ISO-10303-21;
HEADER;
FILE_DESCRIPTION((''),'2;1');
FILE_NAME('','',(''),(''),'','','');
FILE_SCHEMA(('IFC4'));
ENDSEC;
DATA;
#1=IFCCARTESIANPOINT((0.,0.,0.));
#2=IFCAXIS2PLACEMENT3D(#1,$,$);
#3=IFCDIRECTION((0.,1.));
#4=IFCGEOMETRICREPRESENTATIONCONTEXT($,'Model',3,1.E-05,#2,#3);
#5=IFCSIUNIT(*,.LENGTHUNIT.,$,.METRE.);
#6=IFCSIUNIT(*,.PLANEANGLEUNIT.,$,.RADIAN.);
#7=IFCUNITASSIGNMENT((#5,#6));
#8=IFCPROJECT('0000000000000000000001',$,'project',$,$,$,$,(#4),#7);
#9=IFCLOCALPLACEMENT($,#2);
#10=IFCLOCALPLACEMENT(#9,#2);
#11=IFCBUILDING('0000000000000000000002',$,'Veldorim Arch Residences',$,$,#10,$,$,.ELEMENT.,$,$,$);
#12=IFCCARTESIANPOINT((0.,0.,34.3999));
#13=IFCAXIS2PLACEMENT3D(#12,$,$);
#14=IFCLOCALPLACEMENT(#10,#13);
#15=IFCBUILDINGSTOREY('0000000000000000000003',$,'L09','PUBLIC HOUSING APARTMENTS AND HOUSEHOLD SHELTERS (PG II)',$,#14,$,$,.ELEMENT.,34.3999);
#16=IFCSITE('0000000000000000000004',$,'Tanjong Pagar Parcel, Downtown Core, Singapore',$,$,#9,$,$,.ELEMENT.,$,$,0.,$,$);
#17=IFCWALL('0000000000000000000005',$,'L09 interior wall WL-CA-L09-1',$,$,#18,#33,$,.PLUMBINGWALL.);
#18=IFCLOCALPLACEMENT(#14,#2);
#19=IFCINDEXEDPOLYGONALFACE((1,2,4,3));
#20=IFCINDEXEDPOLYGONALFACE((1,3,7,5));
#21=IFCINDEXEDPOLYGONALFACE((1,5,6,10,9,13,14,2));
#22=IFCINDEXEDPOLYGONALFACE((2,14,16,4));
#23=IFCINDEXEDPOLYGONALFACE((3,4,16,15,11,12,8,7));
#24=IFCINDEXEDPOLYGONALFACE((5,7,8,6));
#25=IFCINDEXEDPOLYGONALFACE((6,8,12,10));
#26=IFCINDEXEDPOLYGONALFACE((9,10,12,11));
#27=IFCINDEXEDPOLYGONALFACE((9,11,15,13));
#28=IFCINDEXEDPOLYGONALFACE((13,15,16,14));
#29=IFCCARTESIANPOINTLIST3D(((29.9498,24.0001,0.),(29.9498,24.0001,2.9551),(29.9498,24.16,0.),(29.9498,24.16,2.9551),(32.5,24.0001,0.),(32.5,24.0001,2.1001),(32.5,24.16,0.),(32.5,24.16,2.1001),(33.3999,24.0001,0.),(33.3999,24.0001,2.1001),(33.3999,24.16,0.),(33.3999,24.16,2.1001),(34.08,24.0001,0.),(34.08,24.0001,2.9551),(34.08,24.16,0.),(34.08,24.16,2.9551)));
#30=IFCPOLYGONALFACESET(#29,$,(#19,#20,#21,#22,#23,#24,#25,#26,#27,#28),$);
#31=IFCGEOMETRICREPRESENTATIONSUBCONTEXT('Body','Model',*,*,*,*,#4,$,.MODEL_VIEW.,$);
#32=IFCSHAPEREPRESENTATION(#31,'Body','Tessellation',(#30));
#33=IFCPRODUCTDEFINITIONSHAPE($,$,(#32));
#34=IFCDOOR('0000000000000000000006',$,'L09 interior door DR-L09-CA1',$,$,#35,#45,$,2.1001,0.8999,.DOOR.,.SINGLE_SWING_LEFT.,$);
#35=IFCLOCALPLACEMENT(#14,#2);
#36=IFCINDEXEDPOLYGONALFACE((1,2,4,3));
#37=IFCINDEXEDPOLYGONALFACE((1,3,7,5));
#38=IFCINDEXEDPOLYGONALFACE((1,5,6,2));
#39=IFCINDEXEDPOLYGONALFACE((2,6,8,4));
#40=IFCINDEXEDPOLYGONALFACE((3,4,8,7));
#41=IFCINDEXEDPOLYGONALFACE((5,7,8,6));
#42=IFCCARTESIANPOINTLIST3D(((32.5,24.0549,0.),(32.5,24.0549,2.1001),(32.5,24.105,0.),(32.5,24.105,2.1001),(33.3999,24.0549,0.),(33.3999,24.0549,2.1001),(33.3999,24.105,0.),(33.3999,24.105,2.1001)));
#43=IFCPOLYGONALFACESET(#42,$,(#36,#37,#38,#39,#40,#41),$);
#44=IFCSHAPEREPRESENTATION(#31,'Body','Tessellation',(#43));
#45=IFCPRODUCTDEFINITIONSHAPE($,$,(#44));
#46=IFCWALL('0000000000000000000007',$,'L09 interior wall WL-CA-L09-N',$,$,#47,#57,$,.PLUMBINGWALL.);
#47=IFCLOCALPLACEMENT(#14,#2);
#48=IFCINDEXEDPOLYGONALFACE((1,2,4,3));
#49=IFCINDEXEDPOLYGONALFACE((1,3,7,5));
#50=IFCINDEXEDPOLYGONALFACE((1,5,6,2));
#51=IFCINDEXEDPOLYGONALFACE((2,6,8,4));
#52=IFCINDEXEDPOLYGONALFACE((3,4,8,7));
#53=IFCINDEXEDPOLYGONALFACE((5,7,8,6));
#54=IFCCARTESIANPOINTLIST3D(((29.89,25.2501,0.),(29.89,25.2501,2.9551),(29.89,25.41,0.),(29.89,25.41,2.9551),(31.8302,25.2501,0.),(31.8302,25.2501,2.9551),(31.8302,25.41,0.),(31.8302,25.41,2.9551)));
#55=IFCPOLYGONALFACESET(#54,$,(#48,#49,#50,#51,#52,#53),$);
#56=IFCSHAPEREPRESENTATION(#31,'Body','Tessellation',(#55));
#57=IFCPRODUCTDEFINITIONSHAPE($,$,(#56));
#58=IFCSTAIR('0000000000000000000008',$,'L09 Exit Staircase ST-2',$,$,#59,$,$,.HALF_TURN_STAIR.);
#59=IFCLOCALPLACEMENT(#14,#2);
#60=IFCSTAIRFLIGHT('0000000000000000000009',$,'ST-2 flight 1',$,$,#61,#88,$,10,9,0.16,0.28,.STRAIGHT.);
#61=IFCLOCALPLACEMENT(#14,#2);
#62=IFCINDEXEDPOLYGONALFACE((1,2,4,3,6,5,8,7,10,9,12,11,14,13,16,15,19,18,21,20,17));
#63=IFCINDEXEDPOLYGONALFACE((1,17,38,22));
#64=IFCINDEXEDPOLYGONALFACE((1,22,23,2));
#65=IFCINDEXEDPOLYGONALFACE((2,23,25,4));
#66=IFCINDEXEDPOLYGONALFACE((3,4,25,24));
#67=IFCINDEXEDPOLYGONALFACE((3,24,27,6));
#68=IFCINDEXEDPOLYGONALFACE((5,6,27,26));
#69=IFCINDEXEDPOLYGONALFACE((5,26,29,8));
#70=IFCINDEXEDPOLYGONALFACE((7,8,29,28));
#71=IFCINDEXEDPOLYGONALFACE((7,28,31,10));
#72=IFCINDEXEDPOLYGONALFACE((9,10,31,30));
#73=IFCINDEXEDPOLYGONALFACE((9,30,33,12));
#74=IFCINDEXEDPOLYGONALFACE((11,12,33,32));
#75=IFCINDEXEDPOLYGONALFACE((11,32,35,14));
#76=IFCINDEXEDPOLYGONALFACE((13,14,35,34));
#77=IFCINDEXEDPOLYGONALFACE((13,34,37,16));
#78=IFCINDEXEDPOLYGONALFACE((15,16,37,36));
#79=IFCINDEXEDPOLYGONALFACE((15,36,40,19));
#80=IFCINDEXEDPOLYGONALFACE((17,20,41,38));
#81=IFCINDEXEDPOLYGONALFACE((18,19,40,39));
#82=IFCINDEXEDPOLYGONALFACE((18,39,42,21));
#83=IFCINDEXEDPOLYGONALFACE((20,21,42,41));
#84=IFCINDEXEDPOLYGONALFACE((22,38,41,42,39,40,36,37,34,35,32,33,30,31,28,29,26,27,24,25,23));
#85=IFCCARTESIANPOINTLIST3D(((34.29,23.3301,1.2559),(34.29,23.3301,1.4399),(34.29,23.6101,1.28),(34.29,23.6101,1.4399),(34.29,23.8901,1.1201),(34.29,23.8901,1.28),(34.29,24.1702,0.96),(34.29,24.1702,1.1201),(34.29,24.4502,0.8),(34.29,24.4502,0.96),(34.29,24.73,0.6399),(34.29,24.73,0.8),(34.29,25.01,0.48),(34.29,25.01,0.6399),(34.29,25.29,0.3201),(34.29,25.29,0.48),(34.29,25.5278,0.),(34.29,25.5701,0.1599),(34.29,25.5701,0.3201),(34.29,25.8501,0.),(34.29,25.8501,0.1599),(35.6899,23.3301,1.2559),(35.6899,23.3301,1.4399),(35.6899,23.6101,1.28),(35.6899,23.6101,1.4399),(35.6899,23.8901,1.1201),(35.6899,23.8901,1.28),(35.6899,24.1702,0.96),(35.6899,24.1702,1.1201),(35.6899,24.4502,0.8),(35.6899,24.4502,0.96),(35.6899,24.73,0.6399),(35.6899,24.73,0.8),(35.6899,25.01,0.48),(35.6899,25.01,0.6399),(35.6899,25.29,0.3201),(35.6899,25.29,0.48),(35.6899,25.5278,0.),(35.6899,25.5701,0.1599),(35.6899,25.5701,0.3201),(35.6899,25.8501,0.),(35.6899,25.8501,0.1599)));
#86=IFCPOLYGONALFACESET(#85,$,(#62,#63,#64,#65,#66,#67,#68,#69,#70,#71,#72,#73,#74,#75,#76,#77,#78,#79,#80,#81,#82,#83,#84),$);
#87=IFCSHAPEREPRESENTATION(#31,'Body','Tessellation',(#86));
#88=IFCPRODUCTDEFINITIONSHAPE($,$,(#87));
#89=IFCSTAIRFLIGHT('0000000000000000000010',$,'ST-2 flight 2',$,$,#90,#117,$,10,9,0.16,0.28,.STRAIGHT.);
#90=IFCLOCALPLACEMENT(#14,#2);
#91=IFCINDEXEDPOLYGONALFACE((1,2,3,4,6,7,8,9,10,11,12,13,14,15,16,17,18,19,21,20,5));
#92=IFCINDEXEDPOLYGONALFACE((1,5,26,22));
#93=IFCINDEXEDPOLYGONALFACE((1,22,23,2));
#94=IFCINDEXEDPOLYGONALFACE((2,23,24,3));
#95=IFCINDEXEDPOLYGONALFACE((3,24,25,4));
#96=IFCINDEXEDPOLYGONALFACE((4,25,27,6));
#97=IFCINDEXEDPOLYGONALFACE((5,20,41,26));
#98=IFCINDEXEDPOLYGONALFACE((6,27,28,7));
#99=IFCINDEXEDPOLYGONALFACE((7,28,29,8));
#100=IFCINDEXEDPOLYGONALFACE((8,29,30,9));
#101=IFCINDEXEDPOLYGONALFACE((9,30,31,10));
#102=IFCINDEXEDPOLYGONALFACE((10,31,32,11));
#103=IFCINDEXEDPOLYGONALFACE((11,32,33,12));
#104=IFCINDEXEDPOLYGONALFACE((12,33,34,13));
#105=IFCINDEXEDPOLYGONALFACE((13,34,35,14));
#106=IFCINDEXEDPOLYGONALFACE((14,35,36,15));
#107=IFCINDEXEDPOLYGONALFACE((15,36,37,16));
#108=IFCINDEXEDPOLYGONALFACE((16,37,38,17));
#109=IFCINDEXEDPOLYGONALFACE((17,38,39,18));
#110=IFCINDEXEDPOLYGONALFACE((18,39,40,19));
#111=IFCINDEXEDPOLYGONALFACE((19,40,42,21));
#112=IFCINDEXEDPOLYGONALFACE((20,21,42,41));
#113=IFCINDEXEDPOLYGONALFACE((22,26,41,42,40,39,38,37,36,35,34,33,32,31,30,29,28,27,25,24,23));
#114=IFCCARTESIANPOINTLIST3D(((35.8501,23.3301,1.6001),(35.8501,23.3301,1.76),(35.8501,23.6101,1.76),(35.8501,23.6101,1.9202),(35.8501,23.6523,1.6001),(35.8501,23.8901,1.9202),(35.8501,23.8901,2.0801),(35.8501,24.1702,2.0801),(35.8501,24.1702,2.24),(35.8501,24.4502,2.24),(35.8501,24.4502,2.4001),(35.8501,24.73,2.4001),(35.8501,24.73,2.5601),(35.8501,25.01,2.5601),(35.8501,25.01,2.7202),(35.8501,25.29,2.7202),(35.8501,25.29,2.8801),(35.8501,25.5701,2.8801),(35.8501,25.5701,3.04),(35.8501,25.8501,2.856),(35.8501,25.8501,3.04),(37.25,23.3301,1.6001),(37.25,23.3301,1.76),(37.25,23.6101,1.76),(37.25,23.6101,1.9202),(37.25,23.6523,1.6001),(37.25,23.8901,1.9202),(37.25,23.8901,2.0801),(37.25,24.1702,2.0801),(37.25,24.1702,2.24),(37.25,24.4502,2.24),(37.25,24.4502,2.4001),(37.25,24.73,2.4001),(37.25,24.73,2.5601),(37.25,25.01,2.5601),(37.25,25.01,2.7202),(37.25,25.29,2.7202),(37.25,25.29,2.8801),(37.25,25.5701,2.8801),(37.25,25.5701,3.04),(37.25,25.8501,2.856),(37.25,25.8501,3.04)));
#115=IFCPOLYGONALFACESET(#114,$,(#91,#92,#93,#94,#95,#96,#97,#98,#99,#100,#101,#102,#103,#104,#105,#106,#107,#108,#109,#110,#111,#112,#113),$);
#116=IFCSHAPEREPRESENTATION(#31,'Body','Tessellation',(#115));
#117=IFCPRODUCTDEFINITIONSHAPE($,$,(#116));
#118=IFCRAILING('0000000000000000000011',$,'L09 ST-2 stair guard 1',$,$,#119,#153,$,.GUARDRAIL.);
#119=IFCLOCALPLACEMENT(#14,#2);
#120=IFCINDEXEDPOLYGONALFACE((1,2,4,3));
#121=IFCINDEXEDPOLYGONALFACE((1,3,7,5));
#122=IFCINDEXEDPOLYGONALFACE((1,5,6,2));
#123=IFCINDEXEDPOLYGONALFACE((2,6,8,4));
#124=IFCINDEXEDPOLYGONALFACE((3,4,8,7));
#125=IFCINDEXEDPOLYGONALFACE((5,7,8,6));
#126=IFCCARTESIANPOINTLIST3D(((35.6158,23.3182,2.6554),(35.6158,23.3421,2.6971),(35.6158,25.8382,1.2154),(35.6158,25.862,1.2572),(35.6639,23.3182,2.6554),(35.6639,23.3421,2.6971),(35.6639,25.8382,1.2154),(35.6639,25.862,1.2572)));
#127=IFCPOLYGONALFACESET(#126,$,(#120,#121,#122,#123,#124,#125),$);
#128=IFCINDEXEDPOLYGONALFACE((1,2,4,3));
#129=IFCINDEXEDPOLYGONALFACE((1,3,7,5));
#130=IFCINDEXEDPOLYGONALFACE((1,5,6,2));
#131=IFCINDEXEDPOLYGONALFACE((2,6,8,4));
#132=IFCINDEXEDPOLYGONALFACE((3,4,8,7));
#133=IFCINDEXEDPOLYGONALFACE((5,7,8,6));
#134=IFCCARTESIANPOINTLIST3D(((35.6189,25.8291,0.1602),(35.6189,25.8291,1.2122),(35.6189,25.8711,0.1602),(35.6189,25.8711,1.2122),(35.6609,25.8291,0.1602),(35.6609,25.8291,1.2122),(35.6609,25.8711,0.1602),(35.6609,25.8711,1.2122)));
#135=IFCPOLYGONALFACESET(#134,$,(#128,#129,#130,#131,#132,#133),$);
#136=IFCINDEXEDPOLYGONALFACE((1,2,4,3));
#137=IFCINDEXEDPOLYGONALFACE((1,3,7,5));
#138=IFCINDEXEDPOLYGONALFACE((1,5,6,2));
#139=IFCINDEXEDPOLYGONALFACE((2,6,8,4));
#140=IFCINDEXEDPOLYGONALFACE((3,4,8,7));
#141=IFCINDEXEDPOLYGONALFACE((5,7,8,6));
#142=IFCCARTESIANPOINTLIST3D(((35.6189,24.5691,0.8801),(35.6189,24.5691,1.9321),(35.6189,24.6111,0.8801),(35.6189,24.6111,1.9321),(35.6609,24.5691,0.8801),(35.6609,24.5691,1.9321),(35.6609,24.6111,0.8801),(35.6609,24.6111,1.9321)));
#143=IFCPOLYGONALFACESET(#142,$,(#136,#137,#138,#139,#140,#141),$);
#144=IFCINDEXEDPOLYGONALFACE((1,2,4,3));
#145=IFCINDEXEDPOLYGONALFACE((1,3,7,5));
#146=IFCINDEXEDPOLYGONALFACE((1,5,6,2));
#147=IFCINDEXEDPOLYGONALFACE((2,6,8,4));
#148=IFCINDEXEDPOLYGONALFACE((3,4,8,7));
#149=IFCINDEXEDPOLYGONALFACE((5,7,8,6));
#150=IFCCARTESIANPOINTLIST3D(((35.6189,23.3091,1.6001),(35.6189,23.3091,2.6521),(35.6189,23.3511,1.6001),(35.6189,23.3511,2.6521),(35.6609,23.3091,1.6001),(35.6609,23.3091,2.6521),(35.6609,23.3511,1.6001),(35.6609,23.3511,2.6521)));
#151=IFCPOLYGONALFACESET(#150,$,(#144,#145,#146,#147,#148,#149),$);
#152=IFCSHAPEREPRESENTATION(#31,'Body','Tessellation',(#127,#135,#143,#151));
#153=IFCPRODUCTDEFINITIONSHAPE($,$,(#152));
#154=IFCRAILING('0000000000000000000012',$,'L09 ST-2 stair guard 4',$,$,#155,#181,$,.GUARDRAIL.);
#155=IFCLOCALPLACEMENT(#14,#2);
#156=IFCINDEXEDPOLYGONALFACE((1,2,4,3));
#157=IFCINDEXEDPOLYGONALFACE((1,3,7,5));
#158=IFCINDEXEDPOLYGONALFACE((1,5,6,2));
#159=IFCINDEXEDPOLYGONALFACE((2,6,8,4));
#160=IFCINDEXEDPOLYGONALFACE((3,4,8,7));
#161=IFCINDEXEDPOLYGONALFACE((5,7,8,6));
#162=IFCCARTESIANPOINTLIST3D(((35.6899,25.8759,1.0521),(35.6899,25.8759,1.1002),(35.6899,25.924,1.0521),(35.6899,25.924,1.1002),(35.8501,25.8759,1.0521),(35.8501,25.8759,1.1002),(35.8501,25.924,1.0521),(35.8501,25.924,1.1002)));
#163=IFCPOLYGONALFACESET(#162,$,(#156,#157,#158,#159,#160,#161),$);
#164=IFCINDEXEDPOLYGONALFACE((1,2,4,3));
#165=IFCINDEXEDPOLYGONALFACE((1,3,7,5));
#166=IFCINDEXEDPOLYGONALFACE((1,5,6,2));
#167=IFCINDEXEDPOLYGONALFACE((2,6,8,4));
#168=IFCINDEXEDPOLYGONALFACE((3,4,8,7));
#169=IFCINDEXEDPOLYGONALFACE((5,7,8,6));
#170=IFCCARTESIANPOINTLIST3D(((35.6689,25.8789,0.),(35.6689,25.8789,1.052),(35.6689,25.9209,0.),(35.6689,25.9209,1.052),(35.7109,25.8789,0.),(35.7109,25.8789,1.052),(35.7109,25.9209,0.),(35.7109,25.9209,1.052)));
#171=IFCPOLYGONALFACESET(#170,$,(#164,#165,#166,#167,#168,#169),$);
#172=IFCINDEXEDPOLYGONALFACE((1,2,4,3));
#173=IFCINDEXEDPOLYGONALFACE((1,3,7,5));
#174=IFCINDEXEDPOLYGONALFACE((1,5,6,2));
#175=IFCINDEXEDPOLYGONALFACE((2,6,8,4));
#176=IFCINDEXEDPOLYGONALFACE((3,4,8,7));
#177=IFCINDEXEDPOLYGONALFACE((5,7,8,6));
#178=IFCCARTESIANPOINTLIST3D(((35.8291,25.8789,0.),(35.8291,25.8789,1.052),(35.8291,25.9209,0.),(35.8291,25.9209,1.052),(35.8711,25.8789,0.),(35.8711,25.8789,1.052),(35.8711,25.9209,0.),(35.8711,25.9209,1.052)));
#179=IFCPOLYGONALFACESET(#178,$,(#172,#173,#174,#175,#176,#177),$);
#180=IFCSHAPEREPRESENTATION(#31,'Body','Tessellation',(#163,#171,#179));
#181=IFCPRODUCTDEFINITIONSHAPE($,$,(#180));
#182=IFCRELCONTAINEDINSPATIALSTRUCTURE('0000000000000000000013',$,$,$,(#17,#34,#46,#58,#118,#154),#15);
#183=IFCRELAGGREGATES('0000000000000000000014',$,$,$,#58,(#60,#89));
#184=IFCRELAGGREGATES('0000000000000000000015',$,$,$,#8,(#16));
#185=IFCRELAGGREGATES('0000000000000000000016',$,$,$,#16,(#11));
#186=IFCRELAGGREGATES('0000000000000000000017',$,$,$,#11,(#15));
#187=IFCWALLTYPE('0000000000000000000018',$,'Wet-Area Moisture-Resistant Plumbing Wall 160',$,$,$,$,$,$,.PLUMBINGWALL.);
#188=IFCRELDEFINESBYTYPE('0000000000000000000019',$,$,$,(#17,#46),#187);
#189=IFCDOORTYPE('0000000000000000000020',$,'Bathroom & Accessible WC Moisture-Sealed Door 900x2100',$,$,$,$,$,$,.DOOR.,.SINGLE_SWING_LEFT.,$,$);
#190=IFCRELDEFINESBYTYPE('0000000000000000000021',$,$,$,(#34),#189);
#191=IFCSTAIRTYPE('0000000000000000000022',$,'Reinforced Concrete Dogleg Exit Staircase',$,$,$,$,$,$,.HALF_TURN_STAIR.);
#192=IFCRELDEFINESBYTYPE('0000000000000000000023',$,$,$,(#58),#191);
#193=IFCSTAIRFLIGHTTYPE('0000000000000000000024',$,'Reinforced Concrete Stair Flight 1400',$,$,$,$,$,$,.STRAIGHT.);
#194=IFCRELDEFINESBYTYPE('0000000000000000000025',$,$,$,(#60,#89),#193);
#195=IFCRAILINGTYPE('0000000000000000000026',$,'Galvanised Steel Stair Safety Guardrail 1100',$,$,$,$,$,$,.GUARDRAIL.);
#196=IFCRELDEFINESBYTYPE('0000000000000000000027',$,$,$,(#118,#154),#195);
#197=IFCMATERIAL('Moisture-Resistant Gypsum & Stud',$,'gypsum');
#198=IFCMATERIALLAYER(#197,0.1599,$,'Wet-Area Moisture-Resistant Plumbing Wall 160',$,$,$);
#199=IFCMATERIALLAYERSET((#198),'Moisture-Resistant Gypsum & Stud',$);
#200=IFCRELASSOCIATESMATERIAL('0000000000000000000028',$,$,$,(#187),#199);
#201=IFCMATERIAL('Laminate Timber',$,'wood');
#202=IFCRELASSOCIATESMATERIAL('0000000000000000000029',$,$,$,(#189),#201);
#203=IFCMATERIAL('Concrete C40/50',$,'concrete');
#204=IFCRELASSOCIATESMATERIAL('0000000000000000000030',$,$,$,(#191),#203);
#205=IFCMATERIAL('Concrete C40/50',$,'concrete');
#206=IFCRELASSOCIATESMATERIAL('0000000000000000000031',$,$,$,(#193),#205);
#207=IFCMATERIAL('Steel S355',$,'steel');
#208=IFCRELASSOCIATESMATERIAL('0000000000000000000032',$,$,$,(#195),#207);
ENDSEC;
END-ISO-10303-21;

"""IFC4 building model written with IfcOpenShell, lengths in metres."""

from ifc_helpers import new_model, si_unit, direction, frame, frame_2d, origin, origin_2d, place, context, subcontext, project, spatial, polyline, rectangle, outline, extrude, material, layer, layer_set, type_object, element, fill, aggregate, save


model = new_model("IFC4")

# Units and contexts
model_context = context("Model", 3, precision=1e-05, world=origin(), true_north=direction((0.0, 1.0)))
body_context = subcontext(model_context, "Body", "Model", "MODEL_VIEW")
ifc_project = project(units=[si_unit("LENGTHUNIT", "METRE"), si_unit("PLANEANGLEUNIT", "RADIAN")], contexts=[model_context])

# Site, building, storey
site_placement = place(None, origin())
site = spatial("IfcSite", under=ifc_project, at=site_placement, Name="Tanjong Pagar Parcel, Downtown Core, Singapore", CompositionType="ELEMENT", RefElevation=0.0)
building_placement = place(site_placement, origin())
building = spatial("IfcBuilding", under=site, at=building_placement, Name="Veldorim Arch Residences", CompositionType="ELEMENT")
storey_placement = place(building_placement, frame((0.0, 0.0, 34.3999)))
storey = spatial("IfcBuildingStorey", under=building, at=storey_placement, Name="L09", Description="PUBLIC HOUSING APARTMENTS AND HOUSEHOLD SHELTERS (PG II)", CompositionType="ELEMENT", Elevation=34.3999)

# Wall, opening, door
ifc_material_1 = material(Name="Moisture-Resistant Gypsum & Stud", Category="gypsum")
ifc_layer_1 = layer(ifc_material_1, 0.1599, Name="Wet-Area Moisture-Resistant Plumbing Wall 160")
ifc_layer_set_1 = layer_set([ifc_layer_1], Name="Moisture-Resistant Gypsum & Stud")
wall_type_1 = type_object("IfcWallType", Name="Wet-Area Moisture-Resistant Plumbing Wall 160", PredefinedType="PLUMBINGWALL", material=ifc_layer_set_1)
wall_1_placement = place(storey_placement, frame((29.95, 24.0801, 0.0), z_axis=(0.0, 0.0, 1.0), x_axis=(1.0, 0.0, 0.0)))
wall_1 = element("IfcWall", 1, at=wall_1_placement, inside=storey, type_object=wall_type_1, Name="L09 interior wall WL-CA-L09-1", PredefinedType="PLUMBINGWALL", context=body_context, shape_type="SweptSolid", body=[
    extrude(rectangle(XDim=4.1301, YDim=0.1599, at=frame_2d((2.0649, 0.0))), origin(), (0.0, 0.0, 1.0), 2.9551),
])
opening_1_placement = place(wall_1_placement, frame((2.55, 0.0, 0.0)))
opening_1 = element("IfcOpeningElement", 2, at=opening_1_placement, cuts=wall_1, PredefinedType="OPENING", context=body_context, shape_type="SweptSolid", body=[
    extrude(rectangle(XDim=0.8999, YDim=2.1001, at=frame_2d((0.45, 1.05))), frame((0.0, 0.0898, 0.0), z_axis=(0.0, -1.0, 0.0), x_axis=(1.0, 0.0, 0.0)), (0.0, 0.0, 1.0), 0.1799),
])
ifc_material_2 = material(Name="Laminate Timber", Category="wood")
door_type_1 = type_object("IfcDoorType", Name="Bathroom & Accessible WC Moisture-Sealed Door 900x2100", OperationType="SINGLE_SWING_LEFT", PredefinedType="DOOR", material=ifc_material_2)
door_1_placement = place(opening_1_placement, origin())
door_1 = element("IfcDoor", 3, at=door_1_placement, inside=storey, type_object=door_type_1, Name="L09 interior door DR-L09-CA1", OperationType="SINGLE_SWING_LEFT", OverallHeight=2.1001, OverallWidth=0.8999, PredefinedType="DOOR", context=body_context, shape_type="SweptSolid", body=[
    extrude(rectangle(XDim=0.8999, YDim=2.1001, at=frame_2d((0.45, 1.05))), frame((0.0, 0.0249, 0.0), z_axis=(0.0, -1.0, 0.0), x_axis=(1.0, 0.0, 0.0)), (0.0, 0.0, 1.0), 0.05),
])
fill(opening_1, door_1)

# Wall
wall_2_placement = place(storey_placement, frame((29.8899, 25.3301, 0.0), z_axis=(0.0, 0.0, 1.0), x_axis=(1.0, 0.0, 0.0)))
element("IfcWall", 4, at=wall_2_placement, inside=storey, type_object=wall_type_1, Name="L09 interior wall WL-CA-L09-N", PredefinedType="PLUMBINGWALL", context=body_context, shape_type="SweptSolid", body=[
    extrude(rectangle(XDim=1.9402, YDim=0.1599, at=frame_2d((0.9702, 0.0))), origin(), (0.0, 0.0, 1.0), 2.9551),
])

# Stair, stair flights
ifc_material_3 = material(Name="Concrete C40/50", Category="concrete")
stair_type = type_object("IfcStairType", Name="Reinforced Concrete Dogleg Exit Staircase", PredefinedType="HALF_TURN_STAIR", material=ifc_material_3)
stair_placement = place(storey_placement, origin())
stair = element("IfcStair", 5, at=stair_placement, inside=storey, type_object=stair_type, Name="L09 Exit Staircase ST-2", PredefinedType="HALF_TURN_STAIR")
ifc_material_4 = material(Name="Concrete C40/50", Category="concrete")
stair_flight_type = type_object("IfcStairFlightType", Name="Reinforced Concrete Stair Flight 1400", PredefinedType="STRAIGHT", material=ifc_material_4)
stair_flight_1_placement = place(storey_placement, frame((34.99, 25.8501, 0.0), z_axis=(0.0, 0.0, 1.0), x_axis=(0.0, -1.0, 0.0)))
stair_flight_1 = element("IfcStairFlight", 6, at=stair_flight_1_placement, type_object=stair_flight_type, Name="ST-2 flight 1", NumberOfRisers=10, NumberOfTreads=9, PredefinedType="STRAIGHT", RiserHeight=0.16, TreadLength=0.28, context=body_context, shape_type="SweptSolid", body=[
    extrude(outline(polyline([(0.0, 0.0), (0.0, 0.1599), (0.28, 0.1599), (0.28, 0.3201), (0.5601, 0.3201), (0.5601, 0.48), (0.8401, 0.48), (0.8401, 0.6399), (1.1201, 0.6399), (1.1201, 0.8), (1.3999, 0.8), (1.3999, 0.96), (1.6799, 0.96), (1.6799, 1.1201), (1.96, 1.1201), (1.96, 1.28), (2.24, 1.28), (2.24, 1.4399), (2.52, 1.4399), (2.52, 1.6001), (2.52, 1.2559), (0.3223, 0.0), (0.0, 0.0)])), frame((0.0, 0.7, 0.0), z_axis=(0.0, -1.0, 0.0), x_axis=(1.0, 0.0, 0.0)), (0.0, 0.0, 1.0), 1.3999),
])
stair_flight_2_placement = place(storey_placement, frame((36.55, 23.3301, 1.6001), z_axis=(0.0, 0.0, 1.0), x_axis=(0.0, 1.0, 0.0)))
stair_flight_2 = element("IfcStairFlight", 7, at=stair_flight_2_placement, type_object=stair_flight_type, Name="ST-2 flight 2", NumberOfRisers=10, NumberOfTreads=9, PredefinedType="STRAIGHT", RiserHeight=0.16, TreadLength=0.28, context=body_context, shape_type="SweptSolid", body=[
    extrude(outline(polyline([(0.0, 0.0), (0.0, 0.1599), (0.28, 0.1599), (0.28, 0.3201), (0.5601, 0.3201), (0.5601, 0.48), (0.8401, 0.48), (0.8401, 0.6399), (1.1201, 0.6399), (1.1201, 0.8), (1.3999, 0.8), (1.3999, 0.96), (1.6799, 0.96), (1.6799, 1.1201), (1.96, 1.1201), (1.96, 1.28), (2.24, 1.28), (2.24, 1.4399), (2.52, 1.4399), (2.52, 1.6001), (2.52, 1.2559), (0.3223, 0.0), (0.0, 0.0)])), frame((0.0, 0.7, 0.0), z_axis=(0.0, -1.0, 0.0), x_axis=(1.0, 0.0, 0.0)), (0.0, 0.0, 1.0), 1.3999),
])
aggregate(stair, [stair_flight_1, stair_flight_2])

# Railings
ifc_material_5 = material(Name="Steel S355", Category="steel")
railing_type_1 = type_object("IfcRailingType", Name="Galvanised Steel Stair Safety Guardrail 1100", PredefinedType="GUARDRAIL", material=ifc_material_5)
railing_1_placement = place(storey_placement, frame((35.6399, 25.8501, 0.1602)))
element("IfcRailing", 8, at=railing_1_placement, inside=storey, type_object=railing_type_1, Name="L09 ST-2 stair guard 1", PredefinedType="GUARDRAIL", context=body_context, shape_type="SweptSolid", body=[
    extrude(rectangle(XDim=0.0481, YDim=0.0481, at=origin_2d()), frame((0.0, 0.0, 1.0762), z_axis=(0.0, -0.868253, 0.496121), x_axis=(1.0, 0.0, 0.0)), (0.0, 0.0, 1.0), 2.9023),
    extrude(rectangle(XDim=0.042, YDim=0.042, at=origin_2d()), origin(), (0.0, 0.0, 1.0), 1.052),
    extrude(rectangle(XDim=0.042, YDim=0.042, at=origin_2d()), frame((0.0, -1.26, 0.72)), (0.0, 0.0, 1.0), 1.052),
    extrude(rectangle(XDim=0.042, YDim=0.042, at=origin_2d()), frame((0.0, -2.52, 1.4399)), (0.0, 0.0, 1.0), 1.052),
])
railing_2_placement = place(storey_placement, frame((35.6899, 25.8999, 0.0)))
element("IfcRailing", 9, at=railing_2_placement, inside=storey, type_object=railing_type_1, Name="L09 ST-2 stair guard 4", PredefinedType="GUARDRAIL", context=body_context, shape_type="SweptSolid", body=[
    extrude(rectangle(XDim=0.0481, YDim=0.0481, at=origin_2d()), frame((0.0, 0.0, 1.0762), z_axis=(1.0, 0.0, 0.0), x_axis=(0.0, 1.0, 0.0)), (0.0, 0.0, 1.0), 0.1602),
    extrude(rectangle(XDim=0.042, YDim=0.042, at=origin_2d()), origin(), (0.0, 0.0, 1.0), 1.052),
    extrude(rectangle(XDim=0.042, YDim=0.042, at=origin_2d()), frame((0.1602, 0.0, 0.0)), (0.0, 0.0, 1.0), 1.052),
])

save(model, "model.ifc")
